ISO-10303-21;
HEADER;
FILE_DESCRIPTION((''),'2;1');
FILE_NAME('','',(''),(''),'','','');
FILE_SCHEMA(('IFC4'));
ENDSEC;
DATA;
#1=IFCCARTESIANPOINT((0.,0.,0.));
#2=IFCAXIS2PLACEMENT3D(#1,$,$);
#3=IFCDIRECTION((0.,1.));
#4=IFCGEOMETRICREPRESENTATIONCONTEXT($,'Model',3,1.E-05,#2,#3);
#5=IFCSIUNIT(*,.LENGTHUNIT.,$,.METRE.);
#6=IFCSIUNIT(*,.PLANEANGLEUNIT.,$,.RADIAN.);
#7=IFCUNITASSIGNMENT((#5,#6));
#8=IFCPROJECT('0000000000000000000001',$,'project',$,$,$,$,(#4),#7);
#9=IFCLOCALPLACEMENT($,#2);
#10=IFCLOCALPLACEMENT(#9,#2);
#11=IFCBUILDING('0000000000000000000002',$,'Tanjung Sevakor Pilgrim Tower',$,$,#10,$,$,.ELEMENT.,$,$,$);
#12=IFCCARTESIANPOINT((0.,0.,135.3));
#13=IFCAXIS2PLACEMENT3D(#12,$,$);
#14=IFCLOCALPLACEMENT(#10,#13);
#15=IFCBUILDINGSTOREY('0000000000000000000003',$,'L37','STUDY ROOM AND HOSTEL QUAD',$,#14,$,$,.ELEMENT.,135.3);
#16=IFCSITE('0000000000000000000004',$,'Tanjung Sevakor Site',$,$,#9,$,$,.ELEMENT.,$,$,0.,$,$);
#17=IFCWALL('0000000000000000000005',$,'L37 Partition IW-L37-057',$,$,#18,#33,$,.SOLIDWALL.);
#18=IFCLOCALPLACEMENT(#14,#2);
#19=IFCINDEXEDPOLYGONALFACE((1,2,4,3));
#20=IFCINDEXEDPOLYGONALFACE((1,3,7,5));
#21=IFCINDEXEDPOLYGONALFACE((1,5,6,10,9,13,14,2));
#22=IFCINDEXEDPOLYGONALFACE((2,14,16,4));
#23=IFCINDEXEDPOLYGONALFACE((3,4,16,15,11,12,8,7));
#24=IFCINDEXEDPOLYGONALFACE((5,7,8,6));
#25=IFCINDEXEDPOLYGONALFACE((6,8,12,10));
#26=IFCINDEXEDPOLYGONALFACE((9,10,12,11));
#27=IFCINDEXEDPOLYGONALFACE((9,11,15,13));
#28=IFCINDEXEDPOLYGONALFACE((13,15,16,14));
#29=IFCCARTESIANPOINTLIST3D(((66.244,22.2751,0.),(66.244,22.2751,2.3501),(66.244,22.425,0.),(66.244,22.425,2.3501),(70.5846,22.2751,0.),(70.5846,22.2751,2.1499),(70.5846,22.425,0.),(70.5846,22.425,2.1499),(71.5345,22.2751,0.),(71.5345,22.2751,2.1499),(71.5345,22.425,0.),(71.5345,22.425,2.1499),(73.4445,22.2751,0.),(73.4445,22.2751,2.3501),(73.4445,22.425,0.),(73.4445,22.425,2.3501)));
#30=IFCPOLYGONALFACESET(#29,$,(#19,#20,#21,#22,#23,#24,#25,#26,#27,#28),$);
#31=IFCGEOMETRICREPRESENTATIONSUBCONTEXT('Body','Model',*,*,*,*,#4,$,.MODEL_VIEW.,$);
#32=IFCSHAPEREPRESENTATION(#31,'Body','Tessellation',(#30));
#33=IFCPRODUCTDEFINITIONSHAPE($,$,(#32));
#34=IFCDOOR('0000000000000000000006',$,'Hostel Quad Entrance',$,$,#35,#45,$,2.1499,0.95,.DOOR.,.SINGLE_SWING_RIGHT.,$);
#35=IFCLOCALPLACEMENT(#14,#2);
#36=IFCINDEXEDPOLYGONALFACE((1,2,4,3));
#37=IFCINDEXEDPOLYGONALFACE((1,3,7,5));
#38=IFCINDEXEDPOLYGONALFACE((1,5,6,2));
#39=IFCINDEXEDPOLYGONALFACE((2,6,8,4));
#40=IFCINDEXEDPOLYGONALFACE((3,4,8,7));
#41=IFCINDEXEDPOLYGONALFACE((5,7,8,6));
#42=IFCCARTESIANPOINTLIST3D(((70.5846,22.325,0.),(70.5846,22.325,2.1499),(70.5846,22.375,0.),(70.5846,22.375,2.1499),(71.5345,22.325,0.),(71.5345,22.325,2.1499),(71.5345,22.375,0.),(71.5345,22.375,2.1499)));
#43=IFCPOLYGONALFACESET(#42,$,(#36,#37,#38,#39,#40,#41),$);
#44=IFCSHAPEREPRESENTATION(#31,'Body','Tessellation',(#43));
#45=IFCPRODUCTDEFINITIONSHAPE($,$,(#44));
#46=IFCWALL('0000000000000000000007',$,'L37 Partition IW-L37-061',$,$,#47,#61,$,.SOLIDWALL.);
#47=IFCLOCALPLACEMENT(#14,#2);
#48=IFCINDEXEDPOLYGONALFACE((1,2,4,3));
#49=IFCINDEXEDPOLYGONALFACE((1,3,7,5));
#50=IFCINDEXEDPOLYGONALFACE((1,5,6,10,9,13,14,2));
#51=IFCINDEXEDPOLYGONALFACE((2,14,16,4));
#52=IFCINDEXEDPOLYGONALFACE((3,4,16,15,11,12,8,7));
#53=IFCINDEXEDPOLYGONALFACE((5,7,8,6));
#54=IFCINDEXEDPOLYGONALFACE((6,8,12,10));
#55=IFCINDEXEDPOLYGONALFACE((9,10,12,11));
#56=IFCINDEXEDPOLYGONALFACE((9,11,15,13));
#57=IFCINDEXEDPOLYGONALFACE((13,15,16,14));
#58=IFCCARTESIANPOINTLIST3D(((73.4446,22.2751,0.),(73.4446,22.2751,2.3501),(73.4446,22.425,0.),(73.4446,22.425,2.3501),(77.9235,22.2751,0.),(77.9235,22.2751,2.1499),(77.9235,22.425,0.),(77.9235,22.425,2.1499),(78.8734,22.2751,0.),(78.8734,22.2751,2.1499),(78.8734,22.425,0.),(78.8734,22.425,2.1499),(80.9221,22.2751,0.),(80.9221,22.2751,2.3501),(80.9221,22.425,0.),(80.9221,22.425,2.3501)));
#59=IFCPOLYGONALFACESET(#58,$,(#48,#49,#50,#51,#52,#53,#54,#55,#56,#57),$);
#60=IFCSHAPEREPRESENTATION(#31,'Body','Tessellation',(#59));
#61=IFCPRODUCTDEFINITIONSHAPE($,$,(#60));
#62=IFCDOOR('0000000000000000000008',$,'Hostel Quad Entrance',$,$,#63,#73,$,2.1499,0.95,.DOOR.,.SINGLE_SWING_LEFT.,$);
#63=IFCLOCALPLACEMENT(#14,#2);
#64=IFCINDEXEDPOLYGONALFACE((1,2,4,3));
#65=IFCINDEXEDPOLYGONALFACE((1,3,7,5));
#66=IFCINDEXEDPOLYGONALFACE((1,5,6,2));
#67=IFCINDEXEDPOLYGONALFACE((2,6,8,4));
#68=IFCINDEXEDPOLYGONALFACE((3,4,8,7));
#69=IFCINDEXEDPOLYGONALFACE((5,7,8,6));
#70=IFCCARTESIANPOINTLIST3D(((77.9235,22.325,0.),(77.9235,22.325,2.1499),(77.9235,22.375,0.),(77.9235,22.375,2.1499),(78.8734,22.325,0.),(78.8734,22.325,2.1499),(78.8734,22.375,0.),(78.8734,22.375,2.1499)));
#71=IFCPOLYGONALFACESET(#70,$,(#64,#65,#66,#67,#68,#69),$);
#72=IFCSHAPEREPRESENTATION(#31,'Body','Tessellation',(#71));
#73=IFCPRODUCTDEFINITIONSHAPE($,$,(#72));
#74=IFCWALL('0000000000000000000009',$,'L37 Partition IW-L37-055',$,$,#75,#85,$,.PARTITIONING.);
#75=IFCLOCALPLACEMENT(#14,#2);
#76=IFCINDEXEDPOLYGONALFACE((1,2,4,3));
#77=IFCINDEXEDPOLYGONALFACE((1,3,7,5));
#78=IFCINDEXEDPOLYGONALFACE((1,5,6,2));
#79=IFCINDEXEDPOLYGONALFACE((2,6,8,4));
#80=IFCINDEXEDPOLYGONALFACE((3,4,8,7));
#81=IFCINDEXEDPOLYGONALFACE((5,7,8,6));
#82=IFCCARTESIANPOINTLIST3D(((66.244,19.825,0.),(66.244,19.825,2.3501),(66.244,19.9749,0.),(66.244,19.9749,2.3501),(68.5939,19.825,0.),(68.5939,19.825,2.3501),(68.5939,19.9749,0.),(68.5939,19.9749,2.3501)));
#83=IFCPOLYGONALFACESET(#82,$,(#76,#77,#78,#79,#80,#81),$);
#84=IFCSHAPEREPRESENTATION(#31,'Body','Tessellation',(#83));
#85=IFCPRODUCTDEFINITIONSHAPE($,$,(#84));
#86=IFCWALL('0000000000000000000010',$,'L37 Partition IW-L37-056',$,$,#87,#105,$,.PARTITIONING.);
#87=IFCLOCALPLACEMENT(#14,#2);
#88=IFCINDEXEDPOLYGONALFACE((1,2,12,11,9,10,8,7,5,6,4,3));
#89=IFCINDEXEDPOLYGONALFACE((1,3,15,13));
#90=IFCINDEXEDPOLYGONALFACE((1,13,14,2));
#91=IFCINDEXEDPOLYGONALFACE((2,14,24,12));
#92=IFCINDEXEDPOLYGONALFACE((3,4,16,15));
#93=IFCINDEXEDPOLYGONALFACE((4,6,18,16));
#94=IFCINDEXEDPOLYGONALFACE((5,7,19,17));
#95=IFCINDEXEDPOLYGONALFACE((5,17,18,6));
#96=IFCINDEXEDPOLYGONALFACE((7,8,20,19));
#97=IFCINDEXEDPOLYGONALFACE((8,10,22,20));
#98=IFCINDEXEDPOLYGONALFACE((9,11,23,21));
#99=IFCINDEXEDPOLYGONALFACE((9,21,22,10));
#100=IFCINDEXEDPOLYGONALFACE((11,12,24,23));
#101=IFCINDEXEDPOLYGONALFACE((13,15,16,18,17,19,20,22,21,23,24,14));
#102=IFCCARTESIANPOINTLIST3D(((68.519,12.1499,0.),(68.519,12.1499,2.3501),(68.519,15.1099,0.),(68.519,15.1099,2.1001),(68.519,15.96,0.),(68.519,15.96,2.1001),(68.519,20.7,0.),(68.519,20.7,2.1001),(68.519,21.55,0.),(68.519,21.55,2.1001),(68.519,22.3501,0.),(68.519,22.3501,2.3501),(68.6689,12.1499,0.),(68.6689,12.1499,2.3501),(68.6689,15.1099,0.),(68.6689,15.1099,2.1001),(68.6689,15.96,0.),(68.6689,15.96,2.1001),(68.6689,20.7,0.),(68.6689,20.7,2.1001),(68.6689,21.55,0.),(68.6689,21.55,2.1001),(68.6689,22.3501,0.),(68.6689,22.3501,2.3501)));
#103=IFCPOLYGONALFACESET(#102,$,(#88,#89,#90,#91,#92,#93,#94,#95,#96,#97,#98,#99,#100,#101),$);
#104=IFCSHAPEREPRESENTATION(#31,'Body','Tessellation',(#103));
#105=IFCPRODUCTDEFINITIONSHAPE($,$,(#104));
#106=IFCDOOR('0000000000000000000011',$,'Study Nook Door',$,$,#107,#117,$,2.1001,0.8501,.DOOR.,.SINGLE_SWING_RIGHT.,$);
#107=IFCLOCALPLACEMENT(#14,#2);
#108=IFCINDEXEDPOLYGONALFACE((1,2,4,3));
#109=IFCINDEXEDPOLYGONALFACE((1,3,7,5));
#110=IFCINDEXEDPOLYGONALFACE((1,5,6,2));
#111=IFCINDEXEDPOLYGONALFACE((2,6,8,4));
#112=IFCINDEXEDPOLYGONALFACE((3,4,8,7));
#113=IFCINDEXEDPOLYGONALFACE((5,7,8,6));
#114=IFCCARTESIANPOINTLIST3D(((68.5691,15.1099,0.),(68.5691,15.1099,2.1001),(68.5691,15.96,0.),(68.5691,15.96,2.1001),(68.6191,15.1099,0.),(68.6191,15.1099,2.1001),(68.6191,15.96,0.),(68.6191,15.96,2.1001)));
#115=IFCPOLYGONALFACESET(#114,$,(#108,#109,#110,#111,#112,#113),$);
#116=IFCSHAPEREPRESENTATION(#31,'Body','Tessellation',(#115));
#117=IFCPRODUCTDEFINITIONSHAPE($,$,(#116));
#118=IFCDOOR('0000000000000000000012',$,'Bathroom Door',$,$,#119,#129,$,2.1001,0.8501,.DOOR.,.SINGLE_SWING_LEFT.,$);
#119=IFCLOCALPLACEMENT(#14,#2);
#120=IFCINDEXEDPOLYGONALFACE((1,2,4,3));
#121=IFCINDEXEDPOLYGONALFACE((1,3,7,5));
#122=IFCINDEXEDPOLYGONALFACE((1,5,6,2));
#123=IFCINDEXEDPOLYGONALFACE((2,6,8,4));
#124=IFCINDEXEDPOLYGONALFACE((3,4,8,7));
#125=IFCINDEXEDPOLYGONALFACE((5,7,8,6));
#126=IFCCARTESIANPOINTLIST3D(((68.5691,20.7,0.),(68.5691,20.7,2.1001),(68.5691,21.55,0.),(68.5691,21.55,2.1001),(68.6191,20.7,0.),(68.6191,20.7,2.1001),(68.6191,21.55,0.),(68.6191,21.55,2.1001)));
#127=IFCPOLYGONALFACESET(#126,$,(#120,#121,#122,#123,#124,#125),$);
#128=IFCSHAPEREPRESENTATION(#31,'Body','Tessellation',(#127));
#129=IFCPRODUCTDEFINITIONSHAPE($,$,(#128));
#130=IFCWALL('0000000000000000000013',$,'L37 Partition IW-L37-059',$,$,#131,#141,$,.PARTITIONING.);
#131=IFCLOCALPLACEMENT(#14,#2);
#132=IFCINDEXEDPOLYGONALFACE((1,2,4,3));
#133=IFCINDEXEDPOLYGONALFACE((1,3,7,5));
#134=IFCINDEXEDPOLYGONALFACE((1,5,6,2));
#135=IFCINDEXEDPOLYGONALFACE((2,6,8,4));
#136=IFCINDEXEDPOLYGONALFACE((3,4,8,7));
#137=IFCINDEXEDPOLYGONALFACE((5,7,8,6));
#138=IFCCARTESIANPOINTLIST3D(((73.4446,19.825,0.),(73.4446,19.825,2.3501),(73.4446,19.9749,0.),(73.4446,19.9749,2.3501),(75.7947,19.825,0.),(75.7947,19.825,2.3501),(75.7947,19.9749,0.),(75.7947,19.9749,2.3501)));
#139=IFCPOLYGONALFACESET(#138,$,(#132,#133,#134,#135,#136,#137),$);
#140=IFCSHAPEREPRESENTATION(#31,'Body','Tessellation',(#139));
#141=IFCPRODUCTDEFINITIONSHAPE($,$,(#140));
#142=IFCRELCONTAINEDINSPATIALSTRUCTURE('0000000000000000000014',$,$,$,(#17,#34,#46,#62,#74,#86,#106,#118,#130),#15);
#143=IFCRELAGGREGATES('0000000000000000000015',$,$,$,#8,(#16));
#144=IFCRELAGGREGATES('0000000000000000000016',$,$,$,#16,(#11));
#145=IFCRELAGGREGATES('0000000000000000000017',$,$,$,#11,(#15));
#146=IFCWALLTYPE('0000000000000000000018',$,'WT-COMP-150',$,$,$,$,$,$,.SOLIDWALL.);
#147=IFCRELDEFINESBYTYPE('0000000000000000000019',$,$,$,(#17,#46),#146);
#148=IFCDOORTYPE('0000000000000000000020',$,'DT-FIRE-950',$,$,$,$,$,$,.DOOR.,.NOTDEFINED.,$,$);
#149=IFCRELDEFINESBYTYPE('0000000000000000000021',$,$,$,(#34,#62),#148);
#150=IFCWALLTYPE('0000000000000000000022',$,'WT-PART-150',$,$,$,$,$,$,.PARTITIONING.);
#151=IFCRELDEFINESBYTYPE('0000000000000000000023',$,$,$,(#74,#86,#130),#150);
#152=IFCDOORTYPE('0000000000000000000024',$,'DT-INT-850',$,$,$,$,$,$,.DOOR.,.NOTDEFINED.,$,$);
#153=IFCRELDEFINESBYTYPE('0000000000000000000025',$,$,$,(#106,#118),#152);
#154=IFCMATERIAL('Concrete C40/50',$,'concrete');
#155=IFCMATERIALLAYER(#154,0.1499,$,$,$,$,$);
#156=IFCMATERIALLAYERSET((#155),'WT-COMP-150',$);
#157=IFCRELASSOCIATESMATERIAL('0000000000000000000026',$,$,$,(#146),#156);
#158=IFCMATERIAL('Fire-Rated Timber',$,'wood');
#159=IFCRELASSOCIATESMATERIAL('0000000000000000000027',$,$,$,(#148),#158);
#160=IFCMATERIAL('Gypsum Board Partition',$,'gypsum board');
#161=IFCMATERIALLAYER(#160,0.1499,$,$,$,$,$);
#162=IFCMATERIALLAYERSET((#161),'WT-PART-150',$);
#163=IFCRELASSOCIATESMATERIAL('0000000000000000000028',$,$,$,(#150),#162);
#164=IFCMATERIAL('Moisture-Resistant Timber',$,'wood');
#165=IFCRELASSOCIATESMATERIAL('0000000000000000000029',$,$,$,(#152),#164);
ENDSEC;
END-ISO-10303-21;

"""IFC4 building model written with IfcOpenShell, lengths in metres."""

from ifc_helpers import new_model, si_unit, direction, frame, frame_2d, origin, place, context, subcontext, project, spatial, rectangle, extrude, material, layer, layer_set, type_object, element, fill, save


model = new_model("IFC4")

# Units and contexts
model_context = context("Model", 3, precision=1e-05, world=origin(), true_north=direction((0.0, 1.0)))
body_context = subcontext(model_context, "Body", "Model", "MODEL_VIEW")
ifc_project = project(units=[si_unit("LENGTHUNIT", "METRE"), si_unit("PLANEANGLEUNIT", "RADIAN")], contexts=[model_context])

# Site, building, storey
site_placement = place(None, origin())
site = spatial("IfcSite", under=ifc_project, at=site_placement, Name="Tanjung Sevakor Site", CompositionType="ELEMENT", RefElevation=0.0)
building_placement = place(site_placement, origin())
building = spatial("IfcBuilding", under=site, at=building_placement, Name="Tanjung Sevakor Pilgrim Tower", CompositionType="ELEMENT")
storey_placement = place(building_placement, frame((0.0, 0.0, 135.3)))
storey = spatial("IfcBuildingStorey", under=building, at=storey_placement, Name="L37", Description="STUDY ROOM AND HOSTEL QUAD", CompositionType="ELEMENT", Elevation=135.3)

# Shared definitions
ifc_material_1 = material(Name="Concrete C40/50", Category="concrete")
ifc_layer_1 = layer(ifc_material_1, 0.1499)
ifc_layer_set_1 = layer_set([ifc_layer_1], Name="WT-COMP-150")
wall_type_1 = type_object("IfcWallType", Name="WT-COMP-150", PredefinedType="SOLIDWALL", material=ifc_layer_set_1)

# Walls, openings, doors
wall_1_placement = place(storey_placement, frame((66.2441, 22.3501, 0.0), z_axis=(0.0, 0.0, 1.0), x_axis=(1.0, 0.0, 0.0)))
wall_1 = element("IfcWall", 1, at=wall_1_placement, inside=storey, type_object=wall_type_1, Name="L37 Partition IW-L37-057", PredefinedType="SOLIDWALL", context=body_context, shape_type="SweptSolid", body=[
    extrude(rectangle(XDim=7.2004, YDim=0.1499, at=frame_2d((3.6001, 0.0))), origin(), (0.0, 0.0, 1.0), 2.3501),
])
opening_1_placement = place(wall_1_placement, frame((4.3403, 0.0, 0.0)))
opening_1 = element("IfcOpeningElement", 2, at=opening_1_placement, cuts=wall_1, PredefinedType="OPENING", context=body_context, shape_type="SweptSolid", body=[
    extrude(rectangle(XDim=0.95, YDim=2.1499, at=frame_2d((0.4751, 1.075))), frame((0.0, 0.085, 0.0), z_axis=(0.0, -1.0, 0.0), x_axis=(1.0, 0.0, 0.0)), (0.0, 0.0, 1.0), 0.1699),
])
ifc_material_2 = material(Name="Fire-Rated Timber", Category="wood")
door_type_1 = type_object("IfcDoorType", Name="DT-FIRE-950", OperationType="NOTDEFINED", PredefinedType="DOOR", material=ifc_material_2)
door_1_placement = place(opening_1_placement, origin())
door_1 = element("IfcDoor", 3, at=door_1_placement, inside=storey, type_object=door_type_1, Name="Hostel Quad Entrance", OperationType="SINGLE_SWING_RIGHT", OverallHeight=2.1499, OverallWidth=0.95, PredefinedType="DOOR", context=body_context, shape_type="SweptSolid", body=[
    extrude(rectangle(XDim=0.95, YDim=2.1499, at=frame_2d((0.4751, 1.075))), frame((0.0, 0.0249, 0.0), z_axis=(0.0, -1.0, 0.0), x_axis=(1.0, 0.0, 0.0)), (0.0, 0.0, 1.0), 0.05),
])
fill(opening_1, door_1)
wall_2_placement = place(storey_placement, frame((73.4446, 22.3501, 0.0), z_axis=(0.0, 0.0, 1.0), x_axis=(1.0, 0.0, 0.0)))
wall_2 = element("IfcWall", 4, at=wall_2_placement, inside=storey, type_object=wall_type_1, Name="L37 Partition IW-L37-061", PredefinedType="SOLIDWALL", context=body_context, shape_type="SweptSolid", body=[
    extrude(rectangle(XDim=7.4775, YDim=0.1499, at=frame_2d((3.7388, 0.0))), origin(), (0.0, 0.0, 1.0), 2.3501),
])
opening_2_placement = place(wall_2_placement, frame((4.4788, 0.0, 0.0)))
opening_2 = element("IfcOpeningElement", 5, at=opening_2_placement, cuts=wall_2, PredefinedType="OPENING", context=body_context, shape_type="SweptSolid", body=[
    extrude(rectangle(XDim=0.95, YDim=2.1499, at=frame_2d((0.4751, 1.075))), frame((0.0, 0.085, 0.0), z_axis=(0.0, -1.0, 0.0), x_axis=(1.0, 0.0, 0.0)), (0.0, 0.0, 1.0), 0.1699),
])
door_2_placement = place(opening_2_placement, origin())
door_2 = element("IfcDoor", 6, at=door_2_placement, inside=storey, type_object=door_type_1, Name="Hostel Quad Entrance", OperationType="SINGLE_SWING_LEFT", OverallHeight=2.1499, OverallWidth=0.95, PredefinedType="DOOR", context=body_context, shape_type="SweptSolid", body=[
    extrude(rectangle(XDim=0.95, YDim=2.1499, at=frame_2d((0.4751, 1.075))), frame((0.0, 0.0249, 0.0), z_axis=(0.0, -1.0, 0.0), x_axis=(1.0, 0.0, 0.0)), (0.0, 0.0, 1.0), 0.05),
])
fill(opening_2, door_2)

# Wall
ifc_material_3 = material(Name="Gypsum Board Partition", Category="gypsum board")
ifc_layer_2 = layer(ifc_material_3, 0.1499)
ifc_layer_set_2 = layer_set([ifc_layer_2], Name="WT-PART-150")
wall_type_2 = type_object("IfcWallType", Name="WT-PART-150", PredefinedType="PARTITIONING", material=ifc_layer_set_2)
wall_3_placement = place(storey_placement, frame((66.2441, 19.8999, 0.0), z_axis=(0.0, 0.0, 1.0), x_axis=(1.0, 0.0, 0.0)))
element("IfcWall", 7, at=wall_3_placement, inside=storey, type_object=wall_type_2, Name="L37 Partition IW-L37-055", PredefinedType="PARTITIONING", context=body_context, shape_type="SweptSolid", body=[
    extrude(rectangle(XDim=2.3499, YDim=0.1499, at=frame_2d((1.1748, 0.0))), origin(), (0.0, 0.0, 1.0), 2.3501),
])

# Wall, openings, doors
wall_4_placement = place(storey_placement, frame((68.594, 12.1499, 0.0), z_axis=(0.0, 0.0, 1.0), x_axis=(0.0, 1.0, 0.0)))
wall_4 = element("IfcWall", 8, at=wall_4_placement, inside=storey, type_object=wall_type_2, Name="L37 Partition IW-L37-056", PredefinedType="PARTITIONING", context=body_context, shape_type="SweptSolid", body=[
    extrude(rectangle(XDim=10.2002, YDim=0.1499, at=frame_2d((5.1001, 0.0))), origin(), (0.0, 0.0, 1.0), 2.3501),
])
opening_3_placement = place(wall_4_placement, frame((2.96, 0.0, 0.0)))
opening_3 = element("IfcOpeningElement", 9, at=opening_3_placement, cuts=wall_4, PredefinedType="OPENING", context=body_context, shape_type="SweptSolid", body=[
    extrude(rectangle(XDim=0.8501, YDim=2.1001, at=frame_2d((0.425, 1.05))), frame((0.0, 0.085, 0.0), z_axis=(0.0, -1.0, 0.0), x_axis=(1.0, 0.0, 0.0)), (0.0, 0.0, 1.0), 0.1699),
])
opening_4_placement = place(wall_4_placement, frame((8.55, 0.0, 0.0)))
opening_4 = element("IfcOpeningElement", 10, at=opening_4_placement, cuts=wall_4, PredefinedType="OPENING", context=body_context, shape_type="SweptSolid", body=[
    extrude(rectangle(XDim=0.8501, YDim=2.1001, at=frame_2d((0.425, 1.05))), frame((0.0, 0.085, 0.0), z_axis=(0.0, -1.0, 0.0), x_axis=(1.0, 0.0, 0.0)), (0.0, 0.0, 1.0), 0.1699),
])
ifc_material_4 = material(Name="Moisture-Resistant Timber", Category="wood")
door_type_2 = type_object("IfcDoorType", Name="DT-INT-850", OperationType="NOTDEFINED", PredefinedType="DOOR", material=ifc_material_4)
door_3_placement = place(opening_3_placement, origin())
door_3 = element("IfcDoor", 11, at=door_3_placement, inside=storey, type_object=door_type_2, Name="Study Nook Door", OperationType="SINGLE_SWING_RIGHT", OverallHeight=2.1001, OverallWidth=0.8501, PredefinedType="DOOR", context=body_context, shape_type="SweptSolid", body=[
    extrude(rectangle(XDim=0.8501, YDim=2.1001, at=frame_2d((0.425, 1.05))), frame((0.0, 0.0249, 0.0), z_axis=(0.0, -1.0, 0.0), x_axis=(1.0, 0.0, 0.0)), (0.0, 0.0, 1.0), 0.05),
])
fill(opening_3, door_3)
door_4_placement = place(opening_4_placement, origin())
door_4 = element("IfcDoor", 12, at=door_4_placement, inside=storey, type_object=door_type_2, Name="Bathroom Door", OperationType="SINGLE_SWING_LEFT", OverallHeight=2.1001, OverallWidth=0.8501, PredefinedType="DOOR", context=body_context, shape_type="SweptSolid", body=[
    extrude(rectangle(XDim=0.8501, YDim=2.1001, at=frame_2d((0.425, 1.05))), frame((0.0, 0.0249, 0.0), z_axis=(0.0, -1.0, 0.0), x_axis=(1.0, 0.0, 0.0)), (0.0, 0.0, 1.0), 0.05),
])
fill(opening_4, door_4)

# Wall
wall_5_placement = place(storey_placement, frame((73.4446, 19.8999, 0.0), z_axis=(0.0, 0.0, 1.0), x_axis=(1.0, 0.0, 0.0)))
element("IfcWall", 13, at=wall_5_placement, inside=storey, type_object=wall_type_2, Name="L37 Partition IW-L37-059", PredefinedType="PARTITIONING", context=body_context, shape_type="SweptSolid", body=[
    extrude(rectangle(XDim=2.3501, YDim=0.1499, at=frame_2d((1.175, 0.0))), origin(), (0.0, 0.0, 1.0), 2.3501),
])

save(model, "model.ifc")
